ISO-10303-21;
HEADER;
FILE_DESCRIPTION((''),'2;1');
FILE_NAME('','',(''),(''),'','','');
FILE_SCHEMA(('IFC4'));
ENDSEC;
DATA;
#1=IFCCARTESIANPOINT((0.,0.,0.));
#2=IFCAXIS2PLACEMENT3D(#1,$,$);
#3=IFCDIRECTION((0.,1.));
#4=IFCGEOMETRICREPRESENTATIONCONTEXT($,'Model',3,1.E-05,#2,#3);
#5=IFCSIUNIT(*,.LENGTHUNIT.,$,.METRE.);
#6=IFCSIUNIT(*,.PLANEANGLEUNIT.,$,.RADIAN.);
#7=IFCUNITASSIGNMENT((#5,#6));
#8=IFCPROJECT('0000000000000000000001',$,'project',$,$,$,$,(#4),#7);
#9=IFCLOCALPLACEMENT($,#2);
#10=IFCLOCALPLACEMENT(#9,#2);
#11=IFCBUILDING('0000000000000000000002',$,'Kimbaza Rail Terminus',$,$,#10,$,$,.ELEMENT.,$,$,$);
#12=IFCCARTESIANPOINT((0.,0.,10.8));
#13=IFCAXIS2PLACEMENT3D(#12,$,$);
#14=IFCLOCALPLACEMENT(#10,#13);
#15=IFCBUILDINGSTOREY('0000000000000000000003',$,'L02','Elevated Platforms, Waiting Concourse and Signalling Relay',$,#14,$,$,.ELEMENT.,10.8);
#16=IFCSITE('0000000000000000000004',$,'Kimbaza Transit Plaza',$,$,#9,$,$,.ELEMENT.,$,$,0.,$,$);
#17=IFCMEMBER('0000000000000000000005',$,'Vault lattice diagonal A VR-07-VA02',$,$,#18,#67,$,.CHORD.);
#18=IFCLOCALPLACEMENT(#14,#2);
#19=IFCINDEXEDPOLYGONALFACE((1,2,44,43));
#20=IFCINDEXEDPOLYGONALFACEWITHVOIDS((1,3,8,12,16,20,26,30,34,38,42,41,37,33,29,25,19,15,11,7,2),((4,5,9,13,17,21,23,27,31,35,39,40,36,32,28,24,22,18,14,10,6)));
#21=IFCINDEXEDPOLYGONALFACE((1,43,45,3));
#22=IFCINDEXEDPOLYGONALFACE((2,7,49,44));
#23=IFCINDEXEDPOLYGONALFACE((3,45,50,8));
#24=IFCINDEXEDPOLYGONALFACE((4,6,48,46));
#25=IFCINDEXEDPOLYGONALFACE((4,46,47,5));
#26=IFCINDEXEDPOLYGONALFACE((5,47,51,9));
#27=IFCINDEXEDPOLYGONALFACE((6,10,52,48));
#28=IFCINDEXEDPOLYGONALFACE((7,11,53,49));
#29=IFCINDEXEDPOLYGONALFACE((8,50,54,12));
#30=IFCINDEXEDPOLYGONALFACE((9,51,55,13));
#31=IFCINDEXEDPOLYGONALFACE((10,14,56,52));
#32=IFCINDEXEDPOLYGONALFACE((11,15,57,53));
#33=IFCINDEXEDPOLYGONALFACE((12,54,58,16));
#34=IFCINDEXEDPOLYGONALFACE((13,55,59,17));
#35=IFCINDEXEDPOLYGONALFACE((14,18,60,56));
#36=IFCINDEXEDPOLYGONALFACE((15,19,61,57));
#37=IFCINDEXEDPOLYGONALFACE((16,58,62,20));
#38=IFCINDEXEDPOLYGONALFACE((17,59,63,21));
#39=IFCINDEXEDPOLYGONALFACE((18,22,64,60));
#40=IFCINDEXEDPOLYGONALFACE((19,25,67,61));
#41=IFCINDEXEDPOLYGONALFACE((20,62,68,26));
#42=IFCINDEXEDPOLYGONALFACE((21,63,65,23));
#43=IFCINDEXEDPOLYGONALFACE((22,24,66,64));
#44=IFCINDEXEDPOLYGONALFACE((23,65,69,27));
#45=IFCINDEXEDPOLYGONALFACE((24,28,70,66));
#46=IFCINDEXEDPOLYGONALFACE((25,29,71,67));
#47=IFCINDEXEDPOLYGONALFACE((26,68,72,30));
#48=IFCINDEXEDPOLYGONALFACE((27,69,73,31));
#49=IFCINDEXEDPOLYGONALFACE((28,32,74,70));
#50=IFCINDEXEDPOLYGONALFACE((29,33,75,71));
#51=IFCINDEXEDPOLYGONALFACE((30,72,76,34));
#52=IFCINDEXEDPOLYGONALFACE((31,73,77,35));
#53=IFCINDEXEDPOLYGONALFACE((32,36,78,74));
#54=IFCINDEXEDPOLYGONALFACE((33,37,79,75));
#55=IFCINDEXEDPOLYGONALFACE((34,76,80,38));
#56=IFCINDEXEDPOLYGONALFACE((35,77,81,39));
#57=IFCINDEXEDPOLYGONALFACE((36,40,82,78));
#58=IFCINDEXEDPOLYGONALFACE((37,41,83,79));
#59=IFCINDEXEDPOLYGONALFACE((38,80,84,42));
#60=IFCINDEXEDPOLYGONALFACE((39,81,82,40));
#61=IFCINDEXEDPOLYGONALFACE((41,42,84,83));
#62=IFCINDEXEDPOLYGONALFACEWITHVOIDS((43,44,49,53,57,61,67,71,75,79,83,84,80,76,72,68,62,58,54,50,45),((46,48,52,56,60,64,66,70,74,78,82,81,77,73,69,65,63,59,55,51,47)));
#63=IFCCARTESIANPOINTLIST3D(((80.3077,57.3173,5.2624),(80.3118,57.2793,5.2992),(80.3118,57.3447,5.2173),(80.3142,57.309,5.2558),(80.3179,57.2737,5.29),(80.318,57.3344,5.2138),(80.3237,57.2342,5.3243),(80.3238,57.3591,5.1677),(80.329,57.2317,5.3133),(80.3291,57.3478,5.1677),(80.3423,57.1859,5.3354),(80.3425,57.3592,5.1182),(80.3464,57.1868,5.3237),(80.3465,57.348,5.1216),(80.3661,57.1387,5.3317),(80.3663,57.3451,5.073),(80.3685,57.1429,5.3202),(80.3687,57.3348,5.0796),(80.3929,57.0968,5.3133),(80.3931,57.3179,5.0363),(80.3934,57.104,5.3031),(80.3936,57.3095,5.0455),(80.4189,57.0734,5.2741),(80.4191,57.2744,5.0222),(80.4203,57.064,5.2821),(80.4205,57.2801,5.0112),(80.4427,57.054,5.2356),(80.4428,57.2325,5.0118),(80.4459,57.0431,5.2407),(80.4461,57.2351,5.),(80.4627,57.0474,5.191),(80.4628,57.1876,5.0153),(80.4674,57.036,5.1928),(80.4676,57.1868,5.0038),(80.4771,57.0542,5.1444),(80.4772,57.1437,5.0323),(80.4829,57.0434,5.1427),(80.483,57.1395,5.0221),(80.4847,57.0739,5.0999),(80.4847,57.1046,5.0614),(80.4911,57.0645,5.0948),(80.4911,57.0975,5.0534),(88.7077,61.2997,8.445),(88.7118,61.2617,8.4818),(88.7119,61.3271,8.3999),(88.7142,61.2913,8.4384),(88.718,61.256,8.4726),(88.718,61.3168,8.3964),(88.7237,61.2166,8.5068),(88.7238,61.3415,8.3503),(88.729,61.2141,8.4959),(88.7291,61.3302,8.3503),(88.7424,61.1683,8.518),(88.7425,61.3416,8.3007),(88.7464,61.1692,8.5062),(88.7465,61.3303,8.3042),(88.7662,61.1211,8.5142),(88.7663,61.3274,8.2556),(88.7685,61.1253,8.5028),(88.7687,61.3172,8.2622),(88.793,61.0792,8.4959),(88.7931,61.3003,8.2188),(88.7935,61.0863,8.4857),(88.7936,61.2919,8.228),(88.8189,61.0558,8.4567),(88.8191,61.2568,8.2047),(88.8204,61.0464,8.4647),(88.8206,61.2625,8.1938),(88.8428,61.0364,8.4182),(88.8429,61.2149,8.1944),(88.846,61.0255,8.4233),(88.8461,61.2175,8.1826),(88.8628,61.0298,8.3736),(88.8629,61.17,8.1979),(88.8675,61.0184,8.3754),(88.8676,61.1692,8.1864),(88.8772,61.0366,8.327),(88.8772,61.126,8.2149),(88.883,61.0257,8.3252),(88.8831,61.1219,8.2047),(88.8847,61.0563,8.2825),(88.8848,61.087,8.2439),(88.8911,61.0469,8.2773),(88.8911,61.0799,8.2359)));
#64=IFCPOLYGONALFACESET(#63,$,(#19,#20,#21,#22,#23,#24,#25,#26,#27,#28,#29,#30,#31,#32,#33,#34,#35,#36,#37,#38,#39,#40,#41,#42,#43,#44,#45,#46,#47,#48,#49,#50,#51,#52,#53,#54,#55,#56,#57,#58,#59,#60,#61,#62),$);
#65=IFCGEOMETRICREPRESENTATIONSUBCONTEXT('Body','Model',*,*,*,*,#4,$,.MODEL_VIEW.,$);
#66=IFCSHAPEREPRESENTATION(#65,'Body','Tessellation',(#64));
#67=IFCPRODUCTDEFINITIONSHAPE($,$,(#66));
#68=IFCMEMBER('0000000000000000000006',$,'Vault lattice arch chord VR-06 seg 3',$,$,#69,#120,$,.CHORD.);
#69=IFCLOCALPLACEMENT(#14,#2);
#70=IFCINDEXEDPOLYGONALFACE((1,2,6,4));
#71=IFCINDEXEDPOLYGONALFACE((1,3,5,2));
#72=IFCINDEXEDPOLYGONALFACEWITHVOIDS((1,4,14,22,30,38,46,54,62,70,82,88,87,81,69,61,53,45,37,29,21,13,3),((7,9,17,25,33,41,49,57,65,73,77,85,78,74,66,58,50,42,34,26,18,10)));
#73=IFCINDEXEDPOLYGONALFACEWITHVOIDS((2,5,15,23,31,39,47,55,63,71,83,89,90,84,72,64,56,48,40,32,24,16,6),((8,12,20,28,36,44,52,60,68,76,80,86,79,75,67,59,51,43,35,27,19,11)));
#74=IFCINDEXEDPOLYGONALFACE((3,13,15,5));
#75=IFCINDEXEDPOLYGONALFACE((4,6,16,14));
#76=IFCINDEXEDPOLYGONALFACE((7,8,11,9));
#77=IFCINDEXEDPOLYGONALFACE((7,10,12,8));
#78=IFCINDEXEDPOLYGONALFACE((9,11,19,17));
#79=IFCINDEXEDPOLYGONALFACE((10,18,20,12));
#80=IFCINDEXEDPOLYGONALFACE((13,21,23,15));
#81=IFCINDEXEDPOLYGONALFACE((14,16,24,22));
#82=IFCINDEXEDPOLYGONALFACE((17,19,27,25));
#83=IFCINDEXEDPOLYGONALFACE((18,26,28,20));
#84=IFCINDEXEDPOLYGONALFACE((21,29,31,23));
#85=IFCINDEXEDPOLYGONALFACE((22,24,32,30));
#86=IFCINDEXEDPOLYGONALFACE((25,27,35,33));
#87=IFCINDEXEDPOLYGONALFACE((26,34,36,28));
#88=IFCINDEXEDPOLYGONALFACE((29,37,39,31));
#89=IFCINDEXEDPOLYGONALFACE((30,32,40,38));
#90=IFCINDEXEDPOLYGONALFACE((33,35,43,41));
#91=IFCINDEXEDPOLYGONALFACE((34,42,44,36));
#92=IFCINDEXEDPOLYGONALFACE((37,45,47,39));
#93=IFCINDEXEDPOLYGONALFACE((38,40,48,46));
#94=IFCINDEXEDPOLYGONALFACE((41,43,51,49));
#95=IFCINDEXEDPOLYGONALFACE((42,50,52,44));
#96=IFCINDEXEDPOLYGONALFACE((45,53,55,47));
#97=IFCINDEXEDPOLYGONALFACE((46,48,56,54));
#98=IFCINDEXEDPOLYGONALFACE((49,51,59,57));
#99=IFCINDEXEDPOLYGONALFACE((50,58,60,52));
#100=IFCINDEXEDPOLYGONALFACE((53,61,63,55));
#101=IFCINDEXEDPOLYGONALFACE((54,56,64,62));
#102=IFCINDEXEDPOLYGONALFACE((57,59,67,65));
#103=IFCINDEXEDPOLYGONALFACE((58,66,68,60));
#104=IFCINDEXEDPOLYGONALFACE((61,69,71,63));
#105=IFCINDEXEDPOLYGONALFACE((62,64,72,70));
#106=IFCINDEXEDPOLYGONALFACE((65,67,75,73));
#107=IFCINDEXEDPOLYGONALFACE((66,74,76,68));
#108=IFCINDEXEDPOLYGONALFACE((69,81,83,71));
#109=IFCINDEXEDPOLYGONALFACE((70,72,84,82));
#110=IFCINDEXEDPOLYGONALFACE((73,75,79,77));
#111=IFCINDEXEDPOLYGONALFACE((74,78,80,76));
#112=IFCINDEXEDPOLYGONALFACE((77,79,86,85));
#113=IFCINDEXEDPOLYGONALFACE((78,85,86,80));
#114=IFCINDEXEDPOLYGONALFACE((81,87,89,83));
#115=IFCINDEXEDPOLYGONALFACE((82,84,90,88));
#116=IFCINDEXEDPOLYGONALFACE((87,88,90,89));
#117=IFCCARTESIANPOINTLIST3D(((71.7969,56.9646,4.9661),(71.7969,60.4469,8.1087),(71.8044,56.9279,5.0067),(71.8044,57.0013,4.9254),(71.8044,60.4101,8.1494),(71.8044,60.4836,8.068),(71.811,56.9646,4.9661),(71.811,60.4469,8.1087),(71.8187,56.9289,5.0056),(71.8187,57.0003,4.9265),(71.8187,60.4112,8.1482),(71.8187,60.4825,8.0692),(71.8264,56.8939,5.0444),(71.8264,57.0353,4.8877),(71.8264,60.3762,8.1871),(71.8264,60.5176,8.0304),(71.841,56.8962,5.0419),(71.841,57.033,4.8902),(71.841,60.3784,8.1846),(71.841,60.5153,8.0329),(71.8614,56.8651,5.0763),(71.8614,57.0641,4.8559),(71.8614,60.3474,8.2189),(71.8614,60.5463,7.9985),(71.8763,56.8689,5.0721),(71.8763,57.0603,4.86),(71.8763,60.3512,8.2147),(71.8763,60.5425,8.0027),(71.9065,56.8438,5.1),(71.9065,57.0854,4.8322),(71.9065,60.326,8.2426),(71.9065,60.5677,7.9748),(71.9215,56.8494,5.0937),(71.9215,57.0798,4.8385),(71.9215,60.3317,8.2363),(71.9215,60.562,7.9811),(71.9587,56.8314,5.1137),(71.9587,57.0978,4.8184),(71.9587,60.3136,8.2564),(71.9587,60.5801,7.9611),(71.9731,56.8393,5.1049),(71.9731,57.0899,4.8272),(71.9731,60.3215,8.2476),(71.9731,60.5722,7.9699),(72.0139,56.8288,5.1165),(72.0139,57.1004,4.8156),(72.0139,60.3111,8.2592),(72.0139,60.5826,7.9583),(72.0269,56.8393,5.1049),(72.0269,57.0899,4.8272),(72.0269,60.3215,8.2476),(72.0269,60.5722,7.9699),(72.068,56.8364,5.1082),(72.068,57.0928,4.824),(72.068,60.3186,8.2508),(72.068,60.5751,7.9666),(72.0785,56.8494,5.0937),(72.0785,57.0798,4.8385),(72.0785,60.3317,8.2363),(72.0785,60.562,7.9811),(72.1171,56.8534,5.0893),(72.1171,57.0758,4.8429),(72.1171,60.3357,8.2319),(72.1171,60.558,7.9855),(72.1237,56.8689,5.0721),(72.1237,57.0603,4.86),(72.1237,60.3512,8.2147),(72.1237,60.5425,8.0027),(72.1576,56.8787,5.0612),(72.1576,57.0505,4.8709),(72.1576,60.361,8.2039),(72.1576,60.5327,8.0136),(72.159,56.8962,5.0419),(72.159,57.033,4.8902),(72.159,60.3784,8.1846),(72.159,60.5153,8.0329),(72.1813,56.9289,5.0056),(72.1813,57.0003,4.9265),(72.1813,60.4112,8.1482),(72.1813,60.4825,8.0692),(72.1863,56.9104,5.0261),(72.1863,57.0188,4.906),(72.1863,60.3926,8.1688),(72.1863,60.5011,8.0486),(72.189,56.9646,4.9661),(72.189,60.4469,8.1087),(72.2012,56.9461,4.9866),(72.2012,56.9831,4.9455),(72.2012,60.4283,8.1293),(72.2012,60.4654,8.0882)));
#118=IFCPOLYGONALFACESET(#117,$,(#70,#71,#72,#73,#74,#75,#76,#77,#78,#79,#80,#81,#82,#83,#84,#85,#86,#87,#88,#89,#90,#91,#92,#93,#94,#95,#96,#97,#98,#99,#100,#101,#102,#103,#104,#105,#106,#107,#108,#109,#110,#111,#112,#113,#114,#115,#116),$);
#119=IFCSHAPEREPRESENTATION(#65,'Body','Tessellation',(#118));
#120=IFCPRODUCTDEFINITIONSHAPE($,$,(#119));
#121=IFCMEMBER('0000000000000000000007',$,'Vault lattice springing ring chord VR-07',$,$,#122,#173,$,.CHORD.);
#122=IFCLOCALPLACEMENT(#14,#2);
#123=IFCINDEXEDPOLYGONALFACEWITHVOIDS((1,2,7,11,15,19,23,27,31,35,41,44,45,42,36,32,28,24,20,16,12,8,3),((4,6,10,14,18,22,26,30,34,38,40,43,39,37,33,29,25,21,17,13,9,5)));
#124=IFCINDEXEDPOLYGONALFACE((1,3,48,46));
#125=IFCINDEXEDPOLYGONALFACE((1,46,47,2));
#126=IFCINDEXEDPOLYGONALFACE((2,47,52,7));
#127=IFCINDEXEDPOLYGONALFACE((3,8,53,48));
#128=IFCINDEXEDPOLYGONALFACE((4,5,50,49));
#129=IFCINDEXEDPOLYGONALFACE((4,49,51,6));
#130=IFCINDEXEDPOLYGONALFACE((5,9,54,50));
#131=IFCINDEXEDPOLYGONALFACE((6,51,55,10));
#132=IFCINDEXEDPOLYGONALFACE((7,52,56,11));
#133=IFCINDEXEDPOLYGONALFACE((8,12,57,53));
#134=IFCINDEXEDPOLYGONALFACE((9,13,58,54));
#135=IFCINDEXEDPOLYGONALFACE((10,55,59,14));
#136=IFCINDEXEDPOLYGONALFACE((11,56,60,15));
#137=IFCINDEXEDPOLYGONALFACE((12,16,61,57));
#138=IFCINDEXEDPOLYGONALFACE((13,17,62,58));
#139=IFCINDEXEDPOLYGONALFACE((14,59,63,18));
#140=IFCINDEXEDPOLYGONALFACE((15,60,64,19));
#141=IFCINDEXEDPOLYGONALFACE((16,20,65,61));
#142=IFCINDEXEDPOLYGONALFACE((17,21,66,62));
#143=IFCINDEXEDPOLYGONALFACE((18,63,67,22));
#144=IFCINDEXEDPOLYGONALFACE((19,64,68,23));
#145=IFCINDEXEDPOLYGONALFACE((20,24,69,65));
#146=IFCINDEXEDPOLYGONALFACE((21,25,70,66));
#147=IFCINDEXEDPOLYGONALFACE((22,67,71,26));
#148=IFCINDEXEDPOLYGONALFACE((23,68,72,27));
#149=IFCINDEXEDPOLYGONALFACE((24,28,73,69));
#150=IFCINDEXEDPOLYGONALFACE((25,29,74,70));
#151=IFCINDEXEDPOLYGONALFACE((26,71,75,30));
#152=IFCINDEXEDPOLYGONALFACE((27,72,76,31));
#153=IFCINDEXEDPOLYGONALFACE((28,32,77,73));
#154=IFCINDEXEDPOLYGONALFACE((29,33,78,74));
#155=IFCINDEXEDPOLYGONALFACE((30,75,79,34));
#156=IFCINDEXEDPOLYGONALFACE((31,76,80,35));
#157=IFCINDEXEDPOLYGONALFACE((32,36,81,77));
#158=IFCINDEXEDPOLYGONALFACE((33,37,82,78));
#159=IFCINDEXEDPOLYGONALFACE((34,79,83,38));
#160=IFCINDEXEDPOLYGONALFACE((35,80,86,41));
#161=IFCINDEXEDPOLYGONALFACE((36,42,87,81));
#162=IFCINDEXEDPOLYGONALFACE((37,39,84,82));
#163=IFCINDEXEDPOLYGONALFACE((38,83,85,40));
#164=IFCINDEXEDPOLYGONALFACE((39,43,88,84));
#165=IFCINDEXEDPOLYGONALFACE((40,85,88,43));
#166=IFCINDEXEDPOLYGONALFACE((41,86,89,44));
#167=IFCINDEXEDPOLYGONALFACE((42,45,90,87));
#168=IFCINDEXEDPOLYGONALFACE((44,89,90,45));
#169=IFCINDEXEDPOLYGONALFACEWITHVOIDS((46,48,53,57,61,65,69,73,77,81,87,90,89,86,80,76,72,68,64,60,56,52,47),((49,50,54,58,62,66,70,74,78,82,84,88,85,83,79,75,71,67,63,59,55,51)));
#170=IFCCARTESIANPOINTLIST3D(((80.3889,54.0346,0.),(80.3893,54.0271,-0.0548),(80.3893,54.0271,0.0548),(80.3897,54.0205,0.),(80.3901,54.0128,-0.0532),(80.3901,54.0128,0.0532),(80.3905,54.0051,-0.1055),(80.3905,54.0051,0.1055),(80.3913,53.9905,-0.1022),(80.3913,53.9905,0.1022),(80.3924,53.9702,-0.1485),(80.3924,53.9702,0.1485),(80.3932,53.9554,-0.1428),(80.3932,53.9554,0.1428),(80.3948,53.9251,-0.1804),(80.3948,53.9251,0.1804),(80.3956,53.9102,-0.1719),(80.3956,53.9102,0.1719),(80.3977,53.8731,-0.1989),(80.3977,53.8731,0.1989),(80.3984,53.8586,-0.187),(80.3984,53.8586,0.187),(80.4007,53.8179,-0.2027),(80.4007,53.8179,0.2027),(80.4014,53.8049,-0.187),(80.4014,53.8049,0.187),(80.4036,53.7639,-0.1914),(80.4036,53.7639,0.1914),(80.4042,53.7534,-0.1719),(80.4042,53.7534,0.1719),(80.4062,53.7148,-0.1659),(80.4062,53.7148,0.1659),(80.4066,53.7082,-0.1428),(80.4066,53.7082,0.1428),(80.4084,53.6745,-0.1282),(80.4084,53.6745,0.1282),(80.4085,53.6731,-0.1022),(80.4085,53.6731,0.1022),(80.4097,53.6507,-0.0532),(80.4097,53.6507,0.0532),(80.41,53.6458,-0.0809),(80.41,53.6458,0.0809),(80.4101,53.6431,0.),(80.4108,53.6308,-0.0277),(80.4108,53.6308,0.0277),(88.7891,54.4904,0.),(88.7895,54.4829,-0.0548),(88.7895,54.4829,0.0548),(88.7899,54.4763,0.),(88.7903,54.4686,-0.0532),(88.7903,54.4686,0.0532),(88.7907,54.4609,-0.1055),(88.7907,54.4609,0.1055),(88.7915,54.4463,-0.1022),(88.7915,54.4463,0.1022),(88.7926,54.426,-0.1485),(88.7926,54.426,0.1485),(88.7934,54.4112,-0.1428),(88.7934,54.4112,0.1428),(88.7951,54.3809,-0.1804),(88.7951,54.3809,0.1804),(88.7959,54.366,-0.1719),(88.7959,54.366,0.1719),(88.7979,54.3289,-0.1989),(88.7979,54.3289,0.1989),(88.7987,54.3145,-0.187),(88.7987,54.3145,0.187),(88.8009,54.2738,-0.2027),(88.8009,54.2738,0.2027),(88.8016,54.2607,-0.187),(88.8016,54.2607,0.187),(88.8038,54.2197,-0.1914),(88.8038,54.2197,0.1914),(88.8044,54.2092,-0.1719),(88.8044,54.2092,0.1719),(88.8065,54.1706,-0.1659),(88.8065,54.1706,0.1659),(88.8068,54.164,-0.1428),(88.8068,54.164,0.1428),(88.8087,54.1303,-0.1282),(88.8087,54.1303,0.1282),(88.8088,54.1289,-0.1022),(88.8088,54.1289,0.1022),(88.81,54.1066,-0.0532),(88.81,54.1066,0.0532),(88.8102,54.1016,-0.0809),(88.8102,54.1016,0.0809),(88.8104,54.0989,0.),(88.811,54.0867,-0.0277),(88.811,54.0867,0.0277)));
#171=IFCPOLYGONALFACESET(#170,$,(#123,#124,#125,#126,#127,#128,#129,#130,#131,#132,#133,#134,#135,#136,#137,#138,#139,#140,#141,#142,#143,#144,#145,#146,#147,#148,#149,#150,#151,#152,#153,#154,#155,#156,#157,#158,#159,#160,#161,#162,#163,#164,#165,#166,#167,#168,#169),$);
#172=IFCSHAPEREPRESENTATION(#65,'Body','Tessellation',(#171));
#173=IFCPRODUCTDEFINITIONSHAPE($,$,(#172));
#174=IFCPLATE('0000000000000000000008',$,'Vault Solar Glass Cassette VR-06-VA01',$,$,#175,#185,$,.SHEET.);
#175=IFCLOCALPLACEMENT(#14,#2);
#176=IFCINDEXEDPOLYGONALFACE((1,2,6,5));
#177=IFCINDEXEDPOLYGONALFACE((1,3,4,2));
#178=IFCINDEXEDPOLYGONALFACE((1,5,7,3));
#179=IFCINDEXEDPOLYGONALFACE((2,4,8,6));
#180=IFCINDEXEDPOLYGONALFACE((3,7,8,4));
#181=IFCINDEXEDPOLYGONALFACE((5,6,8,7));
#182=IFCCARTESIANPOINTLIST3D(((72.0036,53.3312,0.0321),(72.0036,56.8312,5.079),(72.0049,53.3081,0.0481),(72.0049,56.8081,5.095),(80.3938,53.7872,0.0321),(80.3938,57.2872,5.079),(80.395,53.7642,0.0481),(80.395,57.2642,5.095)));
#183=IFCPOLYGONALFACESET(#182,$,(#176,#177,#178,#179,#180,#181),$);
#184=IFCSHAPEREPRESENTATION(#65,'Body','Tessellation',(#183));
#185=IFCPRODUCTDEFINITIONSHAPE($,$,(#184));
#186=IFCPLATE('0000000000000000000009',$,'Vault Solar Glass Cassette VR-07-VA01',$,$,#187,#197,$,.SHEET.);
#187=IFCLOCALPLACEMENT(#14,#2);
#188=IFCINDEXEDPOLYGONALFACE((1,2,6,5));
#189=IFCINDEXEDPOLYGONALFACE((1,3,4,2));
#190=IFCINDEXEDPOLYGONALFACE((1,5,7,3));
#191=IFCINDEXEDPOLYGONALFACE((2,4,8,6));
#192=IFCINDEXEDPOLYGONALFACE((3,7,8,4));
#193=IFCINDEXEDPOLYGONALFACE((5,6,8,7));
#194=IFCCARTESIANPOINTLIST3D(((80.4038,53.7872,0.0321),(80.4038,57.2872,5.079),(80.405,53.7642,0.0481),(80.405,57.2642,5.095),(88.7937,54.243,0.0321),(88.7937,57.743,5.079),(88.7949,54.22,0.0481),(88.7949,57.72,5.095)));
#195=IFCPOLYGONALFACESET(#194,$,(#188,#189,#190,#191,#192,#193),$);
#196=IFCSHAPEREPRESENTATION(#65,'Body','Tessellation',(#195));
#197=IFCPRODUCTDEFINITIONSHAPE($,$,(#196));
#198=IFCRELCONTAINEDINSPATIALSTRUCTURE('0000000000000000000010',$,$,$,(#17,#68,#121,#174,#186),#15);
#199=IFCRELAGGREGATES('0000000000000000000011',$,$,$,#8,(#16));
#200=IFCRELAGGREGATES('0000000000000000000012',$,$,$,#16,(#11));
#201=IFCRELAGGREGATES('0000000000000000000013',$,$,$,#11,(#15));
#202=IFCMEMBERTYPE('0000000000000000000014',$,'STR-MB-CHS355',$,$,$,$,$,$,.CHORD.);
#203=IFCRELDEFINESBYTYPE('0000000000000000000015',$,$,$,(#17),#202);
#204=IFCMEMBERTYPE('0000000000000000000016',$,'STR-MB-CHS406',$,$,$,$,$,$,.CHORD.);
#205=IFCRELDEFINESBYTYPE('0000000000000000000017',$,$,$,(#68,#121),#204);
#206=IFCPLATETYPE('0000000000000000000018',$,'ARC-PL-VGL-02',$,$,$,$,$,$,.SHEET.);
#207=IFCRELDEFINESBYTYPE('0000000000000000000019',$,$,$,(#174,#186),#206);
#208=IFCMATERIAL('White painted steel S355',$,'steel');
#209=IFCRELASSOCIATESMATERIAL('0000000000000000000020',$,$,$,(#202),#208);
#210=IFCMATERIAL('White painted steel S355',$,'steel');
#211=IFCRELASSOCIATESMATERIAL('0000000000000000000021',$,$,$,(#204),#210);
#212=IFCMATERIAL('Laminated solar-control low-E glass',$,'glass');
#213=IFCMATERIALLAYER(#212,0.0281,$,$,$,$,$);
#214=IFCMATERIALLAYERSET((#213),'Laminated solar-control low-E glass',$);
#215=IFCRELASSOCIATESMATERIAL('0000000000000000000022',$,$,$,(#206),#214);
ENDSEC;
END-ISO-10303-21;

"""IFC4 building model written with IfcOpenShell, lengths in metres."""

from ifc_helpers import new_model, si_unit, direction, frame, origin, origin_2d, place, context, subcontext, project, spatial, polyline, hollow_circle, outline, extrude, material, layer, layer_set, material_profile, profile_set, type_object, element, save


model = new_model("IFC4")

# Units and contexts
model_context = context("Model", 3, precision=1e-05, world=origin(), true_north=direction((0.0, 1.0)))
body_context = subcontext(model_context, "Body", "Model", "MODEL_VIEW")
ifc_project = project(units=[si_unit("LENGTHUNIT", "METRE"), si_unit("PLANEANGLEUNIT", "RADIAN")], contexts=[model_context])

# Site, building, storey
site_placement = place(None, origin())
site = spatial("IfcSite", under=ifc_project, at=site_placement, Name="Kimbaza Transit Plaza", CompositionType="ELEMENT", RefElevation=0.0)
building_placement = place(site_placement, origin())
building = spatial("IfcBuilding", under=site, at=building_placement, Name="Kimbaza Rail Terminus", CompositionType="ELEMENT")
storey_placement = place(building_placement, frame((0.0, 0.0, 10.8)))
storey = spatial("IfcBuildingStorey", under=building, at=storey_placement, Name="L02", Description="Elevated Platforms, Waiting Concourse and Signalling Relay", CompositionType="ELEMENT", Elevation=10.8)

# Members
ifc_material_1 = material(Name="White painted steel S355", Category="steel")
ifc_material_profile_1 = material_profile(ifc_material_1, hollow_circle(Radius=0.1777, WallThickness=0.0125, at=origin_2d()), Name="CHS 355.6x12.5")
ifc_profile_set_1 = profile_set([ifc_material_profile_1], Name="White painted steel S355")
member_type_1 = type_object("IfcMemberType", Name="STR-MB-CHS355", PredefinedType="CHORD", material=ifc_profile_set_1)
member_1_placement = place(storey_placement, frame((80.3999, 57.1985, 5.1677), z_axis=(0.854886, 0.405292, 0.323896), x_axis=(-0.428385, 0.903596, 0.0)))
element("IfcMember", 1, at=member_1_placement, inside=storey, type_object=member_type_1, Name="Vault lattice diagonal A VR-07-VA02", PredefinedType="CHORD", context=body_context, shape_type="SweptSolid", body=[
    extrude(hollow_circle(Radius=0.1777, WallThickness=0.0125, at=origin_2d()), origin(), (0.0, 0.0, 1.0), 9.8259),
])
ifc_material_2 = material(Name="White painted steel S355", Category="steel")
ifc_material_profile_2 = material_profile(ifc_material_2, hollow_circle(Radius=0.2031, WallThickness=0.0142, at=origin_2d()), Name="CHS 406.4x14.2")
ifc_profile_set_2 = profile_set([ifc_material_profile_2], Name="White painted steel S355")
member_type_2 = type_object("IfcMemberType", Name="STR-MB-CHS406", PredefinedType="CHORD", material=ifc_profile_set_2)
member_2_placement = place(storey_placement, frame((72.0, 56.9646, 4.9661), z_axis=(0.0, 0.74238, 0.669979), x_axis=(-1.0, 0.0, 0.0)))
element("IfcMember", 2, at=member_2_placement, inside=storey, type_object=member_type_2, Name="Vault lattice arch chord VR-06 seg 3", PredefinedType="CHORD", context=body_context, shape_type="SweptSolid", body=[
    extrude(hollow_circle(Radius=0.2031, WallThickness=0.0142, at=origin_2d()), origin(), (0.0, 0.0, 1.0), 4.6907),
])
member_3_placement = place(storey_placement, frame((80.3999, 53.8318, 0.0), z_axis=(0.998531, 0.054183, 0.0), x_axis=(-0.054183, 0.998531, 0.0)))
element("IfcMember", 3, at=member_3_placement, inside=storey, type_object=member_type_2, Name="Vault lattice springing ring chord VR-07", PredefinedType="CHORD", context=body_context, shape_type="SweptSolid", body=[
    extrude(hollow_circle(Radius=0.2031, WallThickness=0.0142, at=origin_2d()), origin(), (0.0, 0.0, 1.0), 8.4126),
])

# Plates
ifc_material_3 = material(Name="Laminated solar-control low-E glass", Category="glass")
ifc_layer_1 = layer(ifc_material_3, 0.0281)
ifc_layer_set_1 = layer_set([ifc_layer_1], Name="Laminated solar-control low-E glass")
plate_type_1 = type_object("IfcPlateType", Name="ARC-PL-VGL-02", PredefinedType="SHEET", material=ifc_layer_set_1)
plate_1_placement = place(storey_placement, frame((72.0049, 53.3081, 0.0481), z_axis=(0.044622, -0.820916, 0.569304), x_axis=(0.998526, 0.054276, 0.0)))
element("IfcPlate", 4, at=plate_1_placement, inside=storey, type_object=plate_type_1, Name="Vault Solar Glass Cassette VR-06-VA01", PredefinedType="SHEET", context=body_context, shape_type="SweptSolid", body=[
    extrude(outline(polyline([(0.0, 0.0), (8.4025, 0.0), (8.5925, 6.1388), (0.19, 6.1388), (0.0, 0.0)])), origin(), (0.0, 0.0, -1.0), 0.0281),
])
plate_2_placement = place(storey_placement, frame((80.405, 53.7642, 0.0481), z_axis=(0.044599, -0.820916, 0.569304), x_axis=(0.998527, 0.054249, 0.0)))
element("IfcPlate", 5, at=plate_2_placement, inside=storey, type_object=plate_type_1, Name="Vault Solar Glass Cassette VR-07-VA01", PredefinedType="SHEET", context=body_context, shape_type="SweptSolid", body=[
    extrude(outline(polyline([(0.0, 0.0), (8.4023, 0.0), (8.5921, 6.1388), (0.1899, 6.1388), (0.0, 0.0)])), origin(), (0.0, 0.0, -1.0), 0.0281),
])

save(model, "model.ifc")
